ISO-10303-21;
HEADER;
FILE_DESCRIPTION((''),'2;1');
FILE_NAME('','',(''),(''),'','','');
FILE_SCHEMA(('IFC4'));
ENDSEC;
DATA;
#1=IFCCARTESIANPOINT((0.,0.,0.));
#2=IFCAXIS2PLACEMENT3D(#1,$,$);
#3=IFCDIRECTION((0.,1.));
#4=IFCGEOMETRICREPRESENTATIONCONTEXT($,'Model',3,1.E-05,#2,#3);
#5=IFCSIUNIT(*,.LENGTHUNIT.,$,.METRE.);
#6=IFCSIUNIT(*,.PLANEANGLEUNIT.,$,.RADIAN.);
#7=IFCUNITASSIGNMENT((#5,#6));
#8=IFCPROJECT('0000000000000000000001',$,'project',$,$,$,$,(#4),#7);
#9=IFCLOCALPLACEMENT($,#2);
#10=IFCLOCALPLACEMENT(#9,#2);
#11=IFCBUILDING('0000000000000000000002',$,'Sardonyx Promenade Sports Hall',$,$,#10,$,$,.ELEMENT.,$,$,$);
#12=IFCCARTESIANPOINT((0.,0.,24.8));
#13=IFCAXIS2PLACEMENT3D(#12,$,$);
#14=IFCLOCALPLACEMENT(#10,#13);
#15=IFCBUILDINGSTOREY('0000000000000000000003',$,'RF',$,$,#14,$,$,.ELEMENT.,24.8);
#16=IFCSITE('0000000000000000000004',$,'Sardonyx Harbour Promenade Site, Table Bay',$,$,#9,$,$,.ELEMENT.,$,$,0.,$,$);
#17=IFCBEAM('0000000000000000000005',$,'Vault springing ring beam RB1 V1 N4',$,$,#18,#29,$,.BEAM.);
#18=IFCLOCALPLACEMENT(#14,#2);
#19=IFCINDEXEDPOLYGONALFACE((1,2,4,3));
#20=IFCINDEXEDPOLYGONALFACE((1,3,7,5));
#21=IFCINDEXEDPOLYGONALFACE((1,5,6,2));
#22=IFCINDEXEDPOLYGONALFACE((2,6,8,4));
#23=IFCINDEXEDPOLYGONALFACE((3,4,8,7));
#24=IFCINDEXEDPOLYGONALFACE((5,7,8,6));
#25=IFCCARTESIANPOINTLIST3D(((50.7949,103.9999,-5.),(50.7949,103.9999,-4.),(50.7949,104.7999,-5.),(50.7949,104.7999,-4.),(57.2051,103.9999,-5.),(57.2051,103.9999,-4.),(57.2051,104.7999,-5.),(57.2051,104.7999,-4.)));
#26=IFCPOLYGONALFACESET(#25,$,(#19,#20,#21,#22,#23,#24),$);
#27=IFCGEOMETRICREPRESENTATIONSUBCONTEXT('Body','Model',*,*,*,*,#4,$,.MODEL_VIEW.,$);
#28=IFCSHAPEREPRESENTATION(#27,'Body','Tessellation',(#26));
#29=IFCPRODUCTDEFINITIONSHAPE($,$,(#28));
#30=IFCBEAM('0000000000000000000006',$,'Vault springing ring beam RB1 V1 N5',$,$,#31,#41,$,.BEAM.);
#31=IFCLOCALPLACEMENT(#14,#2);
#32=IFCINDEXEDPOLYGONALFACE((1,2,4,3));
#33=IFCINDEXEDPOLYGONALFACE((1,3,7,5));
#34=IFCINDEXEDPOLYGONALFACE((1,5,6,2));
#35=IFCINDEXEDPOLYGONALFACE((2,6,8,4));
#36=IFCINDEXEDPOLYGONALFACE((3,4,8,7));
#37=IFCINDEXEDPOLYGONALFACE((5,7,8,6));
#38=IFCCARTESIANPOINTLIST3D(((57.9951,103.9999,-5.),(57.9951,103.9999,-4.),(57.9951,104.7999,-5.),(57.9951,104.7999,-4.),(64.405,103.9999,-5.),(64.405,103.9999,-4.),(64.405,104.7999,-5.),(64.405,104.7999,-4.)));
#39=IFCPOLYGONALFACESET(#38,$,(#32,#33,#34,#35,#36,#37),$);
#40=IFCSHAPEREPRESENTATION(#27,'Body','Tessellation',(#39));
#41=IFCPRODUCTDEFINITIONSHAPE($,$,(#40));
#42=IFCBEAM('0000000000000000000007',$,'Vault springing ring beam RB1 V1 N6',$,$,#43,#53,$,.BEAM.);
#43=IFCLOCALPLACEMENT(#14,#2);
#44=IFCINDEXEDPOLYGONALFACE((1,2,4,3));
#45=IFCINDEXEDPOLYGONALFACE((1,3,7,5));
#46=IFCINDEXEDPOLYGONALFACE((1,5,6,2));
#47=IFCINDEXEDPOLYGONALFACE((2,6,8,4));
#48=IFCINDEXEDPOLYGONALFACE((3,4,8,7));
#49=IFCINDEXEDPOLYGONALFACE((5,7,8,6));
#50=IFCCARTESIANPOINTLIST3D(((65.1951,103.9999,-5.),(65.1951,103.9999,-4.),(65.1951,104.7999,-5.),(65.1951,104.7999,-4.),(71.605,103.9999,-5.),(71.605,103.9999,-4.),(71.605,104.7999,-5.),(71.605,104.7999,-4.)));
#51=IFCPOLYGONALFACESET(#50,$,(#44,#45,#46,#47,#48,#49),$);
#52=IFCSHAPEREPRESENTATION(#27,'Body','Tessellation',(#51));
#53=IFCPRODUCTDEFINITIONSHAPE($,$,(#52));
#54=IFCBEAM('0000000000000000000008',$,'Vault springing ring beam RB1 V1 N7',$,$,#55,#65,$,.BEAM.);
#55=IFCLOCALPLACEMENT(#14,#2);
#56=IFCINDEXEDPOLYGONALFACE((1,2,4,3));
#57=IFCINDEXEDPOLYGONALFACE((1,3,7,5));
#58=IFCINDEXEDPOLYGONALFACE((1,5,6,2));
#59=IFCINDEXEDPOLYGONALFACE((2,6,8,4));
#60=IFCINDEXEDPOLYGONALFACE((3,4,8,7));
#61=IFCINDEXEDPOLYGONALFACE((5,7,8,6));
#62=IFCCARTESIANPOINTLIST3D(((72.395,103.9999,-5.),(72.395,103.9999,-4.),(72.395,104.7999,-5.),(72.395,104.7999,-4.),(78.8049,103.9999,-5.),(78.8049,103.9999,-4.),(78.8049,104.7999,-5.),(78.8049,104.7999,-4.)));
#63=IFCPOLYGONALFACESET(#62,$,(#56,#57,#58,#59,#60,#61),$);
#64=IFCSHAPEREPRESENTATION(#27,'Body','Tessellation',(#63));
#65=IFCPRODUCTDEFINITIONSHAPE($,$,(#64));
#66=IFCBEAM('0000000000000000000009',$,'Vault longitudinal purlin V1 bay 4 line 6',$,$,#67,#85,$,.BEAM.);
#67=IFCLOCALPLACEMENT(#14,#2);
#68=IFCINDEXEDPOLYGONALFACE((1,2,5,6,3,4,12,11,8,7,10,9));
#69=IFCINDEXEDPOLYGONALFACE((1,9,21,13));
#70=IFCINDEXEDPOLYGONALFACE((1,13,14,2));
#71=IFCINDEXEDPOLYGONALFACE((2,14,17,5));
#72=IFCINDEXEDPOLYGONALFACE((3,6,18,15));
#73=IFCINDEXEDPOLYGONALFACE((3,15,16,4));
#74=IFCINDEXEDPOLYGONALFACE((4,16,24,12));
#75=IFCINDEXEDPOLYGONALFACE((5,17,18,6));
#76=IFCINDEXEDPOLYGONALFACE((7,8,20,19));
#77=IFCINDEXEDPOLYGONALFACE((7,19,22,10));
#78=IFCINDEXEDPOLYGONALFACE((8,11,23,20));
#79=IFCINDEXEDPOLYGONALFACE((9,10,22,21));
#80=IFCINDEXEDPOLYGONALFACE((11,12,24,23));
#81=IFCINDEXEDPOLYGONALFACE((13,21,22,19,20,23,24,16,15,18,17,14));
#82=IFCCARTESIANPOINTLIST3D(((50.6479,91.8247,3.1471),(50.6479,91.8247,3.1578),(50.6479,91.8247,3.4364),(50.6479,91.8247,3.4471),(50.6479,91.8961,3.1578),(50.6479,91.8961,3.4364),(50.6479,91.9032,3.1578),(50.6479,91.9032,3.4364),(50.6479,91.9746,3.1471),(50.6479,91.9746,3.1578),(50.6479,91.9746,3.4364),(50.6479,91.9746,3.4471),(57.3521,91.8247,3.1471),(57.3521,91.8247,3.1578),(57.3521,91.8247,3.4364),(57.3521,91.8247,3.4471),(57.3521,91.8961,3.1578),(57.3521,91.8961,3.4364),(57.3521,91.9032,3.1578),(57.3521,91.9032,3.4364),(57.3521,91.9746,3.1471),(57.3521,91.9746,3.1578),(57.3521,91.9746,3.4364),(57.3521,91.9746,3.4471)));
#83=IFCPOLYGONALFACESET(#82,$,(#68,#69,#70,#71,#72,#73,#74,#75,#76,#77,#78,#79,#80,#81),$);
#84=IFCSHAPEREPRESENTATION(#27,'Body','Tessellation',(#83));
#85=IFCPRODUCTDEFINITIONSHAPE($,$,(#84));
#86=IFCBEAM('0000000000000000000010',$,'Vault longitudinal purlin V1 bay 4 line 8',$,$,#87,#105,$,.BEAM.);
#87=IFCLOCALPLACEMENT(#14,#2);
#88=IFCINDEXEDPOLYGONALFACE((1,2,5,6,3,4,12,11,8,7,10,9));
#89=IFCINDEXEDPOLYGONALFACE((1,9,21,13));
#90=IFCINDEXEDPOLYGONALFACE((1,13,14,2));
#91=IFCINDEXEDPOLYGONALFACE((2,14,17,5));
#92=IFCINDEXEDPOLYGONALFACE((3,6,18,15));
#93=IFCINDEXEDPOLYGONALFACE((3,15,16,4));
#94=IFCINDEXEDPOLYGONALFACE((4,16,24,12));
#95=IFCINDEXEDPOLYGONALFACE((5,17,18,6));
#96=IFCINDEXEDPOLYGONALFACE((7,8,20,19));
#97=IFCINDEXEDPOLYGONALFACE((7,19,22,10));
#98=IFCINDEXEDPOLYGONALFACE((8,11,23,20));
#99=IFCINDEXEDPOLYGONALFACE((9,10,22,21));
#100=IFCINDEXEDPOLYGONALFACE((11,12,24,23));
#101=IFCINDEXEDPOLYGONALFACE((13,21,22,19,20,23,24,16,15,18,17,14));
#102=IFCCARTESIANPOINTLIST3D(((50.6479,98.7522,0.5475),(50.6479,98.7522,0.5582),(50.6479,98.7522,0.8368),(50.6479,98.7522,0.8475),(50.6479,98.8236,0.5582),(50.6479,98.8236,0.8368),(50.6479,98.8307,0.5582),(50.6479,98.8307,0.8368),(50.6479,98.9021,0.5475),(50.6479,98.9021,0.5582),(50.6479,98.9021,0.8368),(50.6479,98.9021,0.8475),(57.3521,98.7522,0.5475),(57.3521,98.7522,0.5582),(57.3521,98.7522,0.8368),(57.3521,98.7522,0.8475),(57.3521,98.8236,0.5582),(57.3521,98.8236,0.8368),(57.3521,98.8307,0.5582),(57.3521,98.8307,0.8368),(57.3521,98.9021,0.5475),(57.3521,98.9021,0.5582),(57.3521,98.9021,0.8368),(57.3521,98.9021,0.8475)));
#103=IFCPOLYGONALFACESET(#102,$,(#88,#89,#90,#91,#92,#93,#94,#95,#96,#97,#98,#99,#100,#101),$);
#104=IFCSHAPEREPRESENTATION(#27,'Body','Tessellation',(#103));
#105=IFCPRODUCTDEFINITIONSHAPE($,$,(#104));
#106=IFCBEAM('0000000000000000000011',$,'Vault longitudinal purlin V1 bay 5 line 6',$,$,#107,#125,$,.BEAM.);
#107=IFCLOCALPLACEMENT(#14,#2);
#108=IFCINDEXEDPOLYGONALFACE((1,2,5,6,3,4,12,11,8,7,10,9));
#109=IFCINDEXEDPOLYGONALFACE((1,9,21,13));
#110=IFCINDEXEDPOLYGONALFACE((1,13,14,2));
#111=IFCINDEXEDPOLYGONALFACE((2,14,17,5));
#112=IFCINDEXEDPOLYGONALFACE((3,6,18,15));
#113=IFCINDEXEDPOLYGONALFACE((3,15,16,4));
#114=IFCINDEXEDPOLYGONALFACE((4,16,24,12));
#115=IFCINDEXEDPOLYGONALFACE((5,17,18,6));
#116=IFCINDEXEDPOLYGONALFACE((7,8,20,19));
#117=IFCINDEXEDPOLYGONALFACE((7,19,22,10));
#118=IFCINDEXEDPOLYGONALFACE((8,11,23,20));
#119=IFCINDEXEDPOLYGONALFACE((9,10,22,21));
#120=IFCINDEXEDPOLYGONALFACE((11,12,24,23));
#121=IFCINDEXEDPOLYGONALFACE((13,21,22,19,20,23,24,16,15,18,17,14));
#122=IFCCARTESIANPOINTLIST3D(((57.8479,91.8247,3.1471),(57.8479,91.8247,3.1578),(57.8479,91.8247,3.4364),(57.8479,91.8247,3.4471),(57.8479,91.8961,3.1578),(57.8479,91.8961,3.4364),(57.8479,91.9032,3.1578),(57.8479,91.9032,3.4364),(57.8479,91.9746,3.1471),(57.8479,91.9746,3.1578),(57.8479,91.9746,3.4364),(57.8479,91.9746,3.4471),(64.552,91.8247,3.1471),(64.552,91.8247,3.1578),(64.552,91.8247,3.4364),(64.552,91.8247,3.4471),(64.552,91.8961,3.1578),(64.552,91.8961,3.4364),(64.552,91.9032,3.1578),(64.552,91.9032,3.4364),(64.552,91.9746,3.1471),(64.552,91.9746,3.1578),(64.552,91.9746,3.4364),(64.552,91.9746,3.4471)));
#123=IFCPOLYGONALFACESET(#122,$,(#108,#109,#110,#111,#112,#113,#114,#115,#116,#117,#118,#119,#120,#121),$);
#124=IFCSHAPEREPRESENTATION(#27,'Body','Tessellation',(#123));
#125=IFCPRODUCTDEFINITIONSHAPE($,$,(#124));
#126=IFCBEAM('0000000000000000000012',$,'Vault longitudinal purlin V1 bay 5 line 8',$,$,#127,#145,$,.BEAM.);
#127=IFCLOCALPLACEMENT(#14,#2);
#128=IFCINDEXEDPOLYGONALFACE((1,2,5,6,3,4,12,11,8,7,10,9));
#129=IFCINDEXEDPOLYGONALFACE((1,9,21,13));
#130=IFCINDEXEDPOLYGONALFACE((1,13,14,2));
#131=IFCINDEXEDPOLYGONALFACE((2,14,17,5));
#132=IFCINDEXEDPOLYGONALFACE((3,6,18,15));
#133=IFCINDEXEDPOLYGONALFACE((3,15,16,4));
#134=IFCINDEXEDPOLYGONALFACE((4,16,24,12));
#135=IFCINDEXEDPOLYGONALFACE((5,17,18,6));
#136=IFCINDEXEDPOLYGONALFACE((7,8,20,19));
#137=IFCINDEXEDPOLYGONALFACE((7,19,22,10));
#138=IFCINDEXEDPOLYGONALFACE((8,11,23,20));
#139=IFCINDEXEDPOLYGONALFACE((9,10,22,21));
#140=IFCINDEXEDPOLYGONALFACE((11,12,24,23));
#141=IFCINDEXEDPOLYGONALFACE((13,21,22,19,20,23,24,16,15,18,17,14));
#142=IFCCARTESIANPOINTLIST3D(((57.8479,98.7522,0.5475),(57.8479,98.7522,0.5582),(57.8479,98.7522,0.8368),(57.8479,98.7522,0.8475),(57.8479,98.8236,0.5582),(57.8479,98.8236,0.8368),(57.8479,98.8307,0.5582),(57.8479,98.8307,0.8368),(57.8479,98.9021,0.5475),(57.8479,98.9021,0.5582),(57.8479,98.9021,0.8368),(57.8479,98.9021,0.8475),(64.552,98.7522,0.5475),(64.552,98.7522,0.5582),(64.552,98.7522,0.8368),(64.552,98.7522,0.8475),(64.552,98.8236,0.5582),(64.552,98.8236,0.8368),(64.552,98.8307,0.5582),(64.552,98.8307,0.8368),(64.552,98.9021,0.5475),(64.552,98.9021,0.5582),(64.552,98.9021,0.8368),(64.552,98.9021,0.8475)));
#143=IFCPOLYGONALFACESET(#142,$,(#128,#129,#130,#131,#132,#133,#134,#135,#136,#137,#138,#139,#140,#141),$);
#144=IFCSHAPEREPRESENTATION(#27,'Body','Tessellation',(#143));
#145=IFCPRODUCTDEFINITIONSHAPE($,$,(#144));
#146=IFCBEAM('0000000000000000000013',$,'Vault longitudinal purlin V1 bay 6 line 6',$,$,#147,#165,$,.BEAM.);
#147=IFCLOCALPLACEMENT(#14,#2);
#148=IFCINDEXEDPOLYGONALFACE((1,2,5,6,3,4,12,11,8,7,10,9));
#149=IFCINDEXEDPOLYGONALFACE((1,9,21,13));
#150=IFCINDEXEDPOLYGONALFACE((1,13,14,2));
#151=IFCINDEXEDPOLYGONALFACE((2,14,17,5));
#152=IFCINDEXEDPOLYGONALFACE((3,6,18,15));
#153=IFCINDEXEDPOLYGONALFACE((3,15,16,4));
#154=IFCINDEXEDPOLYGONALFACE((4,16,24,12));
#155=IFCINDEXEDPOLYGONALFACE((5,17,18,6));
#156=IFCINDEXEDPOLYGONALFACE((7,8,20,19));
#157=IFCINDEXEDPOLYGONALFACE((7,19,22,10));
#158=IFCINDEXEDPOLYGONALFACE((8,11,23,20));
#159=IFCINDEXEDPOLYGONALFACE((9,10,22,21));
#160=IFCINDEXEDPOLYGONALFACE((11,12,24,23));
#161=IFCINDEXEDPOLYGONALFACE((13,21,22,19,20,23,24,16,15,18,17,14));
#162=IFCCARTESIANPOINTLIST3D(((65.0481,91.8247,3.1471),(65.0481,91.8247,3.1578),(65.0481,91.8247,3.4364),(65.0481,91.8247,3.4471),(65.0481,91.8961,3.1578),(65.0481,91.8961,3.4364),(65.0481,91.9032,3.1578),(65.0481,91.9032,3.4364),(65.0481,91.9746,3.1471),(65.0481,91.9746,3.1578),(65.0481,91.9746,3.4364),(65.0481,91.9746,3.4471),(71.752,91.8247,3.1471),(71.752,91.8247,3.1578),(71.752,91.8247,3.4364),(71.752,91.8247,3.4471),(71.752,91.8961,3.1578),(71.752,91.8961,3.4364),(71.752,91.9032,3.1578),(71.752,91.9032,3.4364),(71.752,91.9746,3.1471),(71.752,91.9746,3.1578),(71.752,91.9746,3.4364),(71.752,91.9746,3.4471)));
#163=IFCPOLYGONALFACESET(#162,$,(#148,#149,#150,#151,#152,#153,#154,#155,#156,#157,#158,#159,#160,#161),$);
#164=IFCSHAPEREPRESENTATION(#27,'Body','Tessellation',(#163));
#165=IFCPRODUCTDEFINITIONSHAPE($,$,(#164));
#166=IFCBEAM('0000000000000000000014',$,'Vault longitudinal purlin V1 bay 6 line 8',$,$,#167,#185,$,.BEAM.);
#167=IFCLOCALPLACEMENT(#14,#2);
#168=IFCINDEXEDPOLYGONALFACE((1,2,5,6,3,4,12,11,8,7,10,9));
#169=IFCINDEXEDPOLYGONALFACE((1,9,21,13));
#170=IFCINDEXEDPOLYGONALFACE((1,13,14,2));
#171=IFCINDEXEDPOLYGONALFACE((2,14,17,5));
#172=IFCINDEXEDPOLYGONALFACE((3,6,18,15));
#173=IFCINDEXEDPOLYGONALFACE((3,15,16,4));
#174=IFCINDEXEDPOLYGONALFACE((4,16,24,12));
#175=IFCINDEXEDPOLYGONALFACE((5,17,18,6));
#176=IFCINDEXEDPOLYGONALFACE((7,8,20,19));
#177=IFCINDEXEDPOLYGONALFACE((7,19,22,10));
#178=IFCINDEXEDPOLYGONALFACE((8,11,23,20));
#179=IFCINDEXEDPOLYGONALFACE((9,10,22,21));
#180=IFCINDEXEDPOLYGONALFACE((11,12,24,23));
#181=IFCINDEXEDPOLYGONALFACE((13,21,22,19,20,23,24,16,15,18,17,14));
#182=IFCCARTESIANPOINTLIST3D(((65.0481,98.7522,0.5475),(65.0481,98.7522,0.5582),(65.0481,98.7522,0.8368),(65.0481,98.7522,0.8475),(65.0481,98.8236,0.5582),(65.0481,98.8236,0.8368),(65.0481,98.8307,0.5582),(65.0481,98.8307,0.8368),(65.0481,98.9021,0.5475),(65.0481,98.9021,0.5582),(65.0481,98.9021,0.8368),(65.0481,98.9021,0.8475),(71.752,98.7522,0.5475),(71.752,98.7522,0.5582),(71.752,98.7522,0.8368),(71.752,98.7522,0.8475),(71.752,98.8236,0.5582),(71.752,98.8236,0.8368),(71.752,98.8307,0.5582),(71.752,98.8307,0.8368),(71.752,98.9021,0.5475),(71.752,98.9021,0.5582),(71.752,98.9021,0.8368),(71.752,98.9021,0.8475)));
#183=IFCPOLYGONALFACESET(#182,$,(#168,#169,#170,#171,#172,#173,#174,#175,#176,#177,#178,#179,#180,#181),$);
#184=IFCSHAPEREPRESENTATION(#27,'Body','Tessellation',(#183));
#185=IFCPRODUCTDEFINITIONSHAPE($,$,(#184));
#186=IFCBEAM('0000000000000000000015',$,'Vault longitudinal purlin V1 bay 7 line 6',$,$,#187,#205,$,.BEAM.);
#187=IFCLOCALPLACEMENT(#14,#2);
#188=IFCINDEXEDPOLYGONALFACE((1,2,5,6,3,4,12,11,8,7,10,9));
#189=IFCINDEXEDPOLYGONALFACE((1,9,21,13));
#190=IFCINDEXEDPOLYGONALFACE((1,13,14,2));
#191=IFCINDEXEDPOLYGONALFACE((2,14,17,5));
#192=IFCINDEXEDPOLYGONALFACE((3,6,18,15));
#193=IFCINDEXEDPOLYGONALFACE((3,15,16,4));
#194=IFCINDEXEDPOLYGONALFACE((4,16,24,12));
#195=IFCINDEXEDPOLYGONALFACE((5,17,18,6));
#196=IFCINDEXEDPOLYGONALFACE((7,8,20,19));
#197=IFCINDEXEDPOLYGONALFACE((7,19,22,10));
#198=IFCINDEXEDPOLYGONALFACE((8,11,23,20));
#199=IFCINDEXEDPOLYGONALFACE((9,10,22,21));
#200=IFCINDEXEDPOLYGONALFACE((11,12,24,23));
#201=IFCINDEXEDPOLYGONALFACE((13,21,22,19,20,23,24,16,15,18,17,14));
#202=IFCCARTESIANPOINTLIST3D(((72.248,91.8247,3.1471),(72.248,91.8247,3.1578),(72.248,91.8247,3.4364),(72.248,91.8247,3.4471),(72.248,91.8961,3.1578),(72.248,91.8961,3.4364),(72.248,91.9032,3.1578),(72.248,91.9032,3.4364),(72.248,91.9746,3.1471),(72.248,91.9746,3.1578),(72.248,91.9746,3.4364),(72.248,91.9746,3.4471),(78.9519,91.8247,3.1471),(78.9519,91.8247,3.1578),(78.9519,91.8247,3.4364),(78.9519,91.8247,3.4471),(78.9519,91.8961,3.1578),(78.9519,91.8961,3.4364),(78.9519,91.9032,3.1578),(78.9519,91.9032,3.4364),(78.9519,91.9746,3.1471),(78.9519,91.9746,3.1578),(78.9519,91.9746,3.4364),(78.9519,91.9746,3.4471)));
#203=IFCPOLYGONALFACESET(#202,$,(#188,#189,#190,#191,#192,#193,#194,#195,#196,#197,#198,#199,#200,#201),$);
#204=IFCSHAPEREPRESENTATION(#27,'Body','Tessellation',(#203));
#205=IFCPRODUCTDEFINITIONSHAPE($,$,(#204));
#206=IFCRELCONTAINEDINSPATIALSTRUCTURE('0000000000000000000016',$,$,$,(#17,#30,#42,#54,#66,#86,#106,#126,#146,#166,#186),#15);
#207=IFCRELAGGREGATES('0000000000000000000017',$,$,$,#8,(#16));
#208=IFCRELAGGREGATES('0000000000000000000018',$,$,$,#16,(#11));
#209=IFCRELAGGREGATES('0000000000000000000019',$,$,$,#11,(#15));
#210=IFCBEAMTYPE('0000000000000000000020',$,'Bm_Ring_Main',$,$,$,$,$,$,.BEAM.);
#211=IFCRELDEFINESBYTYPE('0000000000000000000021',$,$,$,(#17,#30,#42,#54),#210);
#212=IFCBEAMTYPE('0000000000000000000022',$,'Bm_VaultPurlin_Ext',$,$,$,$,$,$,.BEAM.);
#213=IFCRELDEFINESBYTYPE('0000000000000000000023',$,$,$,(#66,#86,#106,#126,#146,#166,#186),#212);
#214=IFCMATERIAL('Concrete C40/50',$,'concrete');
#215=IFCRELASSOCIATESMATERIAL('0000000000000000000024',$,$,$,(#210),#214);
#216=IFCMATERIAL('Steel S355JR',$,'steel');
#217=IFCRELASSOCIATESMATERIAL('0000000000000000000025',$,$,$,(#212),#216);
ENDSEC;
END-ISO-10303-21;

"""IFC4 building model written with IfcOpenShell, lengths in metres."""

from ifc_helpers import new_model, si_unit, direction, frame, origin, origin_2d, place, context, subcontext, project, spatial, rectangle, i_section, extrude, material, material_profile, profile_set, type_object, element, save


model = new_model("IFC4")

# Units and contexts
model_context = context("Model", 3, precision=1e-05, world=origin(), true_north=direction((0.0, 1.0)))
body_context = subcontext(model_context, "Body", "Model", "MODEL_VIEW")
ifc_project = project(units=[si_unit("LENGTHUNIT", "METRE"), si_unit("PLANEANGLEUNIT", "RADIAN")], contexts=[model_context])

# Site, building, storey
site_placement = place(None, origin())
site = spatial("IfcSite", under=ifc_project, at=site_placement, Name="Sardonyx Harbour Promenade Site, Table Bay", CompositionType="ELEMENT", RefElevation=0.0)
building_placement = place(site_placement, origin())
building = spatial("IfcBuilding", under=site, at=building_placement, Name="Sardonyx Promenade Sports Hall", CompositionType="ELEMENT")
storey_placement = place(building_placement, frame((0.0, 0.0, 24.8)))
storey = spatial("IfcBuildingStorey", under=building, at=storey_placement, Name="RF", CompositionType="ELEMENT", Elevation=24.8)

# Beams
ifc_material_1 = material(Name="Concrete C40/50", Category="concrete")
ifc_material_profile_1 = material_profile(ifc_material_1, rectangle(XDim=0.8, YDim=1.0, at=origin_2d()))
ifc_profile_set_1 = profile_set([ifc_material_profile_1], Name="Concrete C40/50")
beam_type_1 = type_object("IfcBeamType", Name="Bm_Ring_Main", PredefinedType="BEAM", material=ifc_profile_set_1)
beam_1_placement = place(storey_placement, frame((50.7949, 104.3999, -4.5), z_axis=(1.0, 0.0, 0.0), x_axis=(0.0, 1.0, 0.0)))
element("IfcBeam", 1, at=beam_1_placement, inside=storey, type_object=beam_type_1, Name="Vault springing ring beam RB1 V1 N4", PredefinedType="BEAM", context=body_context, shape_type="SweptSolid", body=[
    extrude(rectangle(XDim=0.8, YDim=1.0, at=origin_2d()), origin(), (0.0, 0.0, 1.0), 6.4102),
])
for number, where, z_axis, x_axis, name in (
    (2, (57.9951, 104.3999, -4.5), (1.0, 0.0, 0.0), (0.0, 1.0, 0.0), "Vault springing ring beam RB1 V1 N5"),
    (3, (65.1951, 104.3999, -4.5), (1.0, 0.0, 0.0), (0.0, 1.0, 0.0), "Vault springing ring beam RB1 V1 N6"),
    (4, (72.395, 104.3999, -4.5), (1.0, 0.0, 0.0), (0.0, 1.0, 0.0), "Vault springing ring beam RB1 V1 N7"),
):
    element("IfcBeam", number, at=place(storey_placement, frame(where, z_axis=z_axis, x_axis=x_axis)), inside=storey, type_object=beam_type_1, Name=name, PredefinedType="BEAM", context=body_context, shape_type="SweptSolid", body=[
        extrude(rectangle(XDim=0.8, YDim=1.0, at=origin_2d()), origin(), (0.0, 0.0, 1.0), 6.4099),
    ])
ifc_material_2 = material(Name="Steel S355JR", Category="steel")
ifc_material_profile_2 = material_profile(ifc_material_2, i_section(OverallWidth=0.1499, OverallDepth=0.3, WebThickness=0.0071, FlangeThickness=0.0107, at=origin_2d()))
ifc_profile_set_2 = profile_set([ifc_material_profile_2], Name="Steel S355JR")
beam_type_2 = type_object("IfcBeamType", Name="Bm_VaultPurlin_Ext", PredefinedType="BEAM", material=ifc_profile_set_2)
for number, where, z_axis, x_axis, name in (
    (5, (50.6479, 91.8997, 3.2971), (1.0, 0.0, 0.0), (0.0, 1.0, 0.0), "Vault longitudinal purlin V1 bay 4 line 6"),
    (6, (50.6479, 98.8271, 0.6975), (1.0, 0.0, 0.0), (0.0, 1.0, 0.0), "Vault longitudinal purlin V1 bay 4 line 8"),
    (7, (57.8479, 91.8997, 3.2971), (1.0, 0.0, 0.0), (0.0, 1.0, 0.0), "Vault longitudinal purlin V1 bay 5 line 6"),
    (8, (57.8479, 98.8271, 0.6975), (1.0, 0.0, 0.0), (0.0, 1.0, 0.0), "Vault longitudinal purlin V1 bay 5 line 8"),
):
    element("IfcBeam", number, at=place(storey_placement, frame(where, z_axis=z_axis, x_axis=x_axis)), inside=storey, type_object=beam_type_2, Name=name, PredefinedType="BEAM", context=body_context, shape_type="SweptSolid", body=[
        extrude(i_section(OverallWidth=0.1499, OverallDepth=0.3, WebThickness=0.0071, FlangeThickness=0.0107, at=origin_2d()), origin(), (0.0, 0.0, 1.0), 6.7041),
    ])
for number, where, z_axis, x_axis, name in (
    (9, (65.0481, 91.8997, 3.2971), (1.0, 0.0, 0.0), (0.0, 1.0, 0.0), "Vault longitudinal purlin V1 bay 6 line 6"),
    (10, (65.0481, 98.8271, 0.6975), (1.0, 0.0, 0.0), (0.0, 1.0, 0.0), "Vault longitudinal purlin V1 bay 6 line 8"),
    (11, (72.248, 91.8997, 3.2971), (1.0, 0.0, 0.0), (0.0, 1.0, 0.0), "Vault longitudinal purlin V1 bay 7 line 6"),
):
    element("IfcBeam", number, at=place(storey_placement, frame(where, z_axis=z_axis, x_axis=x_axis)), inside=storey, type_object=beam_type_2, Name=name, PredefinedType="BEAM", context=body_context, shape_type="SweptSolid", body=[
        extrude(i_section(OverallWidth=0.1499, OverallDepth=0.3, WebThickness=0.0071, FlangeThickness=0.0107, at=origin_2d()), origin(), (0.0, 0.0, 1.0), 6.7039),
    ])

save(model, "model.ifc")
